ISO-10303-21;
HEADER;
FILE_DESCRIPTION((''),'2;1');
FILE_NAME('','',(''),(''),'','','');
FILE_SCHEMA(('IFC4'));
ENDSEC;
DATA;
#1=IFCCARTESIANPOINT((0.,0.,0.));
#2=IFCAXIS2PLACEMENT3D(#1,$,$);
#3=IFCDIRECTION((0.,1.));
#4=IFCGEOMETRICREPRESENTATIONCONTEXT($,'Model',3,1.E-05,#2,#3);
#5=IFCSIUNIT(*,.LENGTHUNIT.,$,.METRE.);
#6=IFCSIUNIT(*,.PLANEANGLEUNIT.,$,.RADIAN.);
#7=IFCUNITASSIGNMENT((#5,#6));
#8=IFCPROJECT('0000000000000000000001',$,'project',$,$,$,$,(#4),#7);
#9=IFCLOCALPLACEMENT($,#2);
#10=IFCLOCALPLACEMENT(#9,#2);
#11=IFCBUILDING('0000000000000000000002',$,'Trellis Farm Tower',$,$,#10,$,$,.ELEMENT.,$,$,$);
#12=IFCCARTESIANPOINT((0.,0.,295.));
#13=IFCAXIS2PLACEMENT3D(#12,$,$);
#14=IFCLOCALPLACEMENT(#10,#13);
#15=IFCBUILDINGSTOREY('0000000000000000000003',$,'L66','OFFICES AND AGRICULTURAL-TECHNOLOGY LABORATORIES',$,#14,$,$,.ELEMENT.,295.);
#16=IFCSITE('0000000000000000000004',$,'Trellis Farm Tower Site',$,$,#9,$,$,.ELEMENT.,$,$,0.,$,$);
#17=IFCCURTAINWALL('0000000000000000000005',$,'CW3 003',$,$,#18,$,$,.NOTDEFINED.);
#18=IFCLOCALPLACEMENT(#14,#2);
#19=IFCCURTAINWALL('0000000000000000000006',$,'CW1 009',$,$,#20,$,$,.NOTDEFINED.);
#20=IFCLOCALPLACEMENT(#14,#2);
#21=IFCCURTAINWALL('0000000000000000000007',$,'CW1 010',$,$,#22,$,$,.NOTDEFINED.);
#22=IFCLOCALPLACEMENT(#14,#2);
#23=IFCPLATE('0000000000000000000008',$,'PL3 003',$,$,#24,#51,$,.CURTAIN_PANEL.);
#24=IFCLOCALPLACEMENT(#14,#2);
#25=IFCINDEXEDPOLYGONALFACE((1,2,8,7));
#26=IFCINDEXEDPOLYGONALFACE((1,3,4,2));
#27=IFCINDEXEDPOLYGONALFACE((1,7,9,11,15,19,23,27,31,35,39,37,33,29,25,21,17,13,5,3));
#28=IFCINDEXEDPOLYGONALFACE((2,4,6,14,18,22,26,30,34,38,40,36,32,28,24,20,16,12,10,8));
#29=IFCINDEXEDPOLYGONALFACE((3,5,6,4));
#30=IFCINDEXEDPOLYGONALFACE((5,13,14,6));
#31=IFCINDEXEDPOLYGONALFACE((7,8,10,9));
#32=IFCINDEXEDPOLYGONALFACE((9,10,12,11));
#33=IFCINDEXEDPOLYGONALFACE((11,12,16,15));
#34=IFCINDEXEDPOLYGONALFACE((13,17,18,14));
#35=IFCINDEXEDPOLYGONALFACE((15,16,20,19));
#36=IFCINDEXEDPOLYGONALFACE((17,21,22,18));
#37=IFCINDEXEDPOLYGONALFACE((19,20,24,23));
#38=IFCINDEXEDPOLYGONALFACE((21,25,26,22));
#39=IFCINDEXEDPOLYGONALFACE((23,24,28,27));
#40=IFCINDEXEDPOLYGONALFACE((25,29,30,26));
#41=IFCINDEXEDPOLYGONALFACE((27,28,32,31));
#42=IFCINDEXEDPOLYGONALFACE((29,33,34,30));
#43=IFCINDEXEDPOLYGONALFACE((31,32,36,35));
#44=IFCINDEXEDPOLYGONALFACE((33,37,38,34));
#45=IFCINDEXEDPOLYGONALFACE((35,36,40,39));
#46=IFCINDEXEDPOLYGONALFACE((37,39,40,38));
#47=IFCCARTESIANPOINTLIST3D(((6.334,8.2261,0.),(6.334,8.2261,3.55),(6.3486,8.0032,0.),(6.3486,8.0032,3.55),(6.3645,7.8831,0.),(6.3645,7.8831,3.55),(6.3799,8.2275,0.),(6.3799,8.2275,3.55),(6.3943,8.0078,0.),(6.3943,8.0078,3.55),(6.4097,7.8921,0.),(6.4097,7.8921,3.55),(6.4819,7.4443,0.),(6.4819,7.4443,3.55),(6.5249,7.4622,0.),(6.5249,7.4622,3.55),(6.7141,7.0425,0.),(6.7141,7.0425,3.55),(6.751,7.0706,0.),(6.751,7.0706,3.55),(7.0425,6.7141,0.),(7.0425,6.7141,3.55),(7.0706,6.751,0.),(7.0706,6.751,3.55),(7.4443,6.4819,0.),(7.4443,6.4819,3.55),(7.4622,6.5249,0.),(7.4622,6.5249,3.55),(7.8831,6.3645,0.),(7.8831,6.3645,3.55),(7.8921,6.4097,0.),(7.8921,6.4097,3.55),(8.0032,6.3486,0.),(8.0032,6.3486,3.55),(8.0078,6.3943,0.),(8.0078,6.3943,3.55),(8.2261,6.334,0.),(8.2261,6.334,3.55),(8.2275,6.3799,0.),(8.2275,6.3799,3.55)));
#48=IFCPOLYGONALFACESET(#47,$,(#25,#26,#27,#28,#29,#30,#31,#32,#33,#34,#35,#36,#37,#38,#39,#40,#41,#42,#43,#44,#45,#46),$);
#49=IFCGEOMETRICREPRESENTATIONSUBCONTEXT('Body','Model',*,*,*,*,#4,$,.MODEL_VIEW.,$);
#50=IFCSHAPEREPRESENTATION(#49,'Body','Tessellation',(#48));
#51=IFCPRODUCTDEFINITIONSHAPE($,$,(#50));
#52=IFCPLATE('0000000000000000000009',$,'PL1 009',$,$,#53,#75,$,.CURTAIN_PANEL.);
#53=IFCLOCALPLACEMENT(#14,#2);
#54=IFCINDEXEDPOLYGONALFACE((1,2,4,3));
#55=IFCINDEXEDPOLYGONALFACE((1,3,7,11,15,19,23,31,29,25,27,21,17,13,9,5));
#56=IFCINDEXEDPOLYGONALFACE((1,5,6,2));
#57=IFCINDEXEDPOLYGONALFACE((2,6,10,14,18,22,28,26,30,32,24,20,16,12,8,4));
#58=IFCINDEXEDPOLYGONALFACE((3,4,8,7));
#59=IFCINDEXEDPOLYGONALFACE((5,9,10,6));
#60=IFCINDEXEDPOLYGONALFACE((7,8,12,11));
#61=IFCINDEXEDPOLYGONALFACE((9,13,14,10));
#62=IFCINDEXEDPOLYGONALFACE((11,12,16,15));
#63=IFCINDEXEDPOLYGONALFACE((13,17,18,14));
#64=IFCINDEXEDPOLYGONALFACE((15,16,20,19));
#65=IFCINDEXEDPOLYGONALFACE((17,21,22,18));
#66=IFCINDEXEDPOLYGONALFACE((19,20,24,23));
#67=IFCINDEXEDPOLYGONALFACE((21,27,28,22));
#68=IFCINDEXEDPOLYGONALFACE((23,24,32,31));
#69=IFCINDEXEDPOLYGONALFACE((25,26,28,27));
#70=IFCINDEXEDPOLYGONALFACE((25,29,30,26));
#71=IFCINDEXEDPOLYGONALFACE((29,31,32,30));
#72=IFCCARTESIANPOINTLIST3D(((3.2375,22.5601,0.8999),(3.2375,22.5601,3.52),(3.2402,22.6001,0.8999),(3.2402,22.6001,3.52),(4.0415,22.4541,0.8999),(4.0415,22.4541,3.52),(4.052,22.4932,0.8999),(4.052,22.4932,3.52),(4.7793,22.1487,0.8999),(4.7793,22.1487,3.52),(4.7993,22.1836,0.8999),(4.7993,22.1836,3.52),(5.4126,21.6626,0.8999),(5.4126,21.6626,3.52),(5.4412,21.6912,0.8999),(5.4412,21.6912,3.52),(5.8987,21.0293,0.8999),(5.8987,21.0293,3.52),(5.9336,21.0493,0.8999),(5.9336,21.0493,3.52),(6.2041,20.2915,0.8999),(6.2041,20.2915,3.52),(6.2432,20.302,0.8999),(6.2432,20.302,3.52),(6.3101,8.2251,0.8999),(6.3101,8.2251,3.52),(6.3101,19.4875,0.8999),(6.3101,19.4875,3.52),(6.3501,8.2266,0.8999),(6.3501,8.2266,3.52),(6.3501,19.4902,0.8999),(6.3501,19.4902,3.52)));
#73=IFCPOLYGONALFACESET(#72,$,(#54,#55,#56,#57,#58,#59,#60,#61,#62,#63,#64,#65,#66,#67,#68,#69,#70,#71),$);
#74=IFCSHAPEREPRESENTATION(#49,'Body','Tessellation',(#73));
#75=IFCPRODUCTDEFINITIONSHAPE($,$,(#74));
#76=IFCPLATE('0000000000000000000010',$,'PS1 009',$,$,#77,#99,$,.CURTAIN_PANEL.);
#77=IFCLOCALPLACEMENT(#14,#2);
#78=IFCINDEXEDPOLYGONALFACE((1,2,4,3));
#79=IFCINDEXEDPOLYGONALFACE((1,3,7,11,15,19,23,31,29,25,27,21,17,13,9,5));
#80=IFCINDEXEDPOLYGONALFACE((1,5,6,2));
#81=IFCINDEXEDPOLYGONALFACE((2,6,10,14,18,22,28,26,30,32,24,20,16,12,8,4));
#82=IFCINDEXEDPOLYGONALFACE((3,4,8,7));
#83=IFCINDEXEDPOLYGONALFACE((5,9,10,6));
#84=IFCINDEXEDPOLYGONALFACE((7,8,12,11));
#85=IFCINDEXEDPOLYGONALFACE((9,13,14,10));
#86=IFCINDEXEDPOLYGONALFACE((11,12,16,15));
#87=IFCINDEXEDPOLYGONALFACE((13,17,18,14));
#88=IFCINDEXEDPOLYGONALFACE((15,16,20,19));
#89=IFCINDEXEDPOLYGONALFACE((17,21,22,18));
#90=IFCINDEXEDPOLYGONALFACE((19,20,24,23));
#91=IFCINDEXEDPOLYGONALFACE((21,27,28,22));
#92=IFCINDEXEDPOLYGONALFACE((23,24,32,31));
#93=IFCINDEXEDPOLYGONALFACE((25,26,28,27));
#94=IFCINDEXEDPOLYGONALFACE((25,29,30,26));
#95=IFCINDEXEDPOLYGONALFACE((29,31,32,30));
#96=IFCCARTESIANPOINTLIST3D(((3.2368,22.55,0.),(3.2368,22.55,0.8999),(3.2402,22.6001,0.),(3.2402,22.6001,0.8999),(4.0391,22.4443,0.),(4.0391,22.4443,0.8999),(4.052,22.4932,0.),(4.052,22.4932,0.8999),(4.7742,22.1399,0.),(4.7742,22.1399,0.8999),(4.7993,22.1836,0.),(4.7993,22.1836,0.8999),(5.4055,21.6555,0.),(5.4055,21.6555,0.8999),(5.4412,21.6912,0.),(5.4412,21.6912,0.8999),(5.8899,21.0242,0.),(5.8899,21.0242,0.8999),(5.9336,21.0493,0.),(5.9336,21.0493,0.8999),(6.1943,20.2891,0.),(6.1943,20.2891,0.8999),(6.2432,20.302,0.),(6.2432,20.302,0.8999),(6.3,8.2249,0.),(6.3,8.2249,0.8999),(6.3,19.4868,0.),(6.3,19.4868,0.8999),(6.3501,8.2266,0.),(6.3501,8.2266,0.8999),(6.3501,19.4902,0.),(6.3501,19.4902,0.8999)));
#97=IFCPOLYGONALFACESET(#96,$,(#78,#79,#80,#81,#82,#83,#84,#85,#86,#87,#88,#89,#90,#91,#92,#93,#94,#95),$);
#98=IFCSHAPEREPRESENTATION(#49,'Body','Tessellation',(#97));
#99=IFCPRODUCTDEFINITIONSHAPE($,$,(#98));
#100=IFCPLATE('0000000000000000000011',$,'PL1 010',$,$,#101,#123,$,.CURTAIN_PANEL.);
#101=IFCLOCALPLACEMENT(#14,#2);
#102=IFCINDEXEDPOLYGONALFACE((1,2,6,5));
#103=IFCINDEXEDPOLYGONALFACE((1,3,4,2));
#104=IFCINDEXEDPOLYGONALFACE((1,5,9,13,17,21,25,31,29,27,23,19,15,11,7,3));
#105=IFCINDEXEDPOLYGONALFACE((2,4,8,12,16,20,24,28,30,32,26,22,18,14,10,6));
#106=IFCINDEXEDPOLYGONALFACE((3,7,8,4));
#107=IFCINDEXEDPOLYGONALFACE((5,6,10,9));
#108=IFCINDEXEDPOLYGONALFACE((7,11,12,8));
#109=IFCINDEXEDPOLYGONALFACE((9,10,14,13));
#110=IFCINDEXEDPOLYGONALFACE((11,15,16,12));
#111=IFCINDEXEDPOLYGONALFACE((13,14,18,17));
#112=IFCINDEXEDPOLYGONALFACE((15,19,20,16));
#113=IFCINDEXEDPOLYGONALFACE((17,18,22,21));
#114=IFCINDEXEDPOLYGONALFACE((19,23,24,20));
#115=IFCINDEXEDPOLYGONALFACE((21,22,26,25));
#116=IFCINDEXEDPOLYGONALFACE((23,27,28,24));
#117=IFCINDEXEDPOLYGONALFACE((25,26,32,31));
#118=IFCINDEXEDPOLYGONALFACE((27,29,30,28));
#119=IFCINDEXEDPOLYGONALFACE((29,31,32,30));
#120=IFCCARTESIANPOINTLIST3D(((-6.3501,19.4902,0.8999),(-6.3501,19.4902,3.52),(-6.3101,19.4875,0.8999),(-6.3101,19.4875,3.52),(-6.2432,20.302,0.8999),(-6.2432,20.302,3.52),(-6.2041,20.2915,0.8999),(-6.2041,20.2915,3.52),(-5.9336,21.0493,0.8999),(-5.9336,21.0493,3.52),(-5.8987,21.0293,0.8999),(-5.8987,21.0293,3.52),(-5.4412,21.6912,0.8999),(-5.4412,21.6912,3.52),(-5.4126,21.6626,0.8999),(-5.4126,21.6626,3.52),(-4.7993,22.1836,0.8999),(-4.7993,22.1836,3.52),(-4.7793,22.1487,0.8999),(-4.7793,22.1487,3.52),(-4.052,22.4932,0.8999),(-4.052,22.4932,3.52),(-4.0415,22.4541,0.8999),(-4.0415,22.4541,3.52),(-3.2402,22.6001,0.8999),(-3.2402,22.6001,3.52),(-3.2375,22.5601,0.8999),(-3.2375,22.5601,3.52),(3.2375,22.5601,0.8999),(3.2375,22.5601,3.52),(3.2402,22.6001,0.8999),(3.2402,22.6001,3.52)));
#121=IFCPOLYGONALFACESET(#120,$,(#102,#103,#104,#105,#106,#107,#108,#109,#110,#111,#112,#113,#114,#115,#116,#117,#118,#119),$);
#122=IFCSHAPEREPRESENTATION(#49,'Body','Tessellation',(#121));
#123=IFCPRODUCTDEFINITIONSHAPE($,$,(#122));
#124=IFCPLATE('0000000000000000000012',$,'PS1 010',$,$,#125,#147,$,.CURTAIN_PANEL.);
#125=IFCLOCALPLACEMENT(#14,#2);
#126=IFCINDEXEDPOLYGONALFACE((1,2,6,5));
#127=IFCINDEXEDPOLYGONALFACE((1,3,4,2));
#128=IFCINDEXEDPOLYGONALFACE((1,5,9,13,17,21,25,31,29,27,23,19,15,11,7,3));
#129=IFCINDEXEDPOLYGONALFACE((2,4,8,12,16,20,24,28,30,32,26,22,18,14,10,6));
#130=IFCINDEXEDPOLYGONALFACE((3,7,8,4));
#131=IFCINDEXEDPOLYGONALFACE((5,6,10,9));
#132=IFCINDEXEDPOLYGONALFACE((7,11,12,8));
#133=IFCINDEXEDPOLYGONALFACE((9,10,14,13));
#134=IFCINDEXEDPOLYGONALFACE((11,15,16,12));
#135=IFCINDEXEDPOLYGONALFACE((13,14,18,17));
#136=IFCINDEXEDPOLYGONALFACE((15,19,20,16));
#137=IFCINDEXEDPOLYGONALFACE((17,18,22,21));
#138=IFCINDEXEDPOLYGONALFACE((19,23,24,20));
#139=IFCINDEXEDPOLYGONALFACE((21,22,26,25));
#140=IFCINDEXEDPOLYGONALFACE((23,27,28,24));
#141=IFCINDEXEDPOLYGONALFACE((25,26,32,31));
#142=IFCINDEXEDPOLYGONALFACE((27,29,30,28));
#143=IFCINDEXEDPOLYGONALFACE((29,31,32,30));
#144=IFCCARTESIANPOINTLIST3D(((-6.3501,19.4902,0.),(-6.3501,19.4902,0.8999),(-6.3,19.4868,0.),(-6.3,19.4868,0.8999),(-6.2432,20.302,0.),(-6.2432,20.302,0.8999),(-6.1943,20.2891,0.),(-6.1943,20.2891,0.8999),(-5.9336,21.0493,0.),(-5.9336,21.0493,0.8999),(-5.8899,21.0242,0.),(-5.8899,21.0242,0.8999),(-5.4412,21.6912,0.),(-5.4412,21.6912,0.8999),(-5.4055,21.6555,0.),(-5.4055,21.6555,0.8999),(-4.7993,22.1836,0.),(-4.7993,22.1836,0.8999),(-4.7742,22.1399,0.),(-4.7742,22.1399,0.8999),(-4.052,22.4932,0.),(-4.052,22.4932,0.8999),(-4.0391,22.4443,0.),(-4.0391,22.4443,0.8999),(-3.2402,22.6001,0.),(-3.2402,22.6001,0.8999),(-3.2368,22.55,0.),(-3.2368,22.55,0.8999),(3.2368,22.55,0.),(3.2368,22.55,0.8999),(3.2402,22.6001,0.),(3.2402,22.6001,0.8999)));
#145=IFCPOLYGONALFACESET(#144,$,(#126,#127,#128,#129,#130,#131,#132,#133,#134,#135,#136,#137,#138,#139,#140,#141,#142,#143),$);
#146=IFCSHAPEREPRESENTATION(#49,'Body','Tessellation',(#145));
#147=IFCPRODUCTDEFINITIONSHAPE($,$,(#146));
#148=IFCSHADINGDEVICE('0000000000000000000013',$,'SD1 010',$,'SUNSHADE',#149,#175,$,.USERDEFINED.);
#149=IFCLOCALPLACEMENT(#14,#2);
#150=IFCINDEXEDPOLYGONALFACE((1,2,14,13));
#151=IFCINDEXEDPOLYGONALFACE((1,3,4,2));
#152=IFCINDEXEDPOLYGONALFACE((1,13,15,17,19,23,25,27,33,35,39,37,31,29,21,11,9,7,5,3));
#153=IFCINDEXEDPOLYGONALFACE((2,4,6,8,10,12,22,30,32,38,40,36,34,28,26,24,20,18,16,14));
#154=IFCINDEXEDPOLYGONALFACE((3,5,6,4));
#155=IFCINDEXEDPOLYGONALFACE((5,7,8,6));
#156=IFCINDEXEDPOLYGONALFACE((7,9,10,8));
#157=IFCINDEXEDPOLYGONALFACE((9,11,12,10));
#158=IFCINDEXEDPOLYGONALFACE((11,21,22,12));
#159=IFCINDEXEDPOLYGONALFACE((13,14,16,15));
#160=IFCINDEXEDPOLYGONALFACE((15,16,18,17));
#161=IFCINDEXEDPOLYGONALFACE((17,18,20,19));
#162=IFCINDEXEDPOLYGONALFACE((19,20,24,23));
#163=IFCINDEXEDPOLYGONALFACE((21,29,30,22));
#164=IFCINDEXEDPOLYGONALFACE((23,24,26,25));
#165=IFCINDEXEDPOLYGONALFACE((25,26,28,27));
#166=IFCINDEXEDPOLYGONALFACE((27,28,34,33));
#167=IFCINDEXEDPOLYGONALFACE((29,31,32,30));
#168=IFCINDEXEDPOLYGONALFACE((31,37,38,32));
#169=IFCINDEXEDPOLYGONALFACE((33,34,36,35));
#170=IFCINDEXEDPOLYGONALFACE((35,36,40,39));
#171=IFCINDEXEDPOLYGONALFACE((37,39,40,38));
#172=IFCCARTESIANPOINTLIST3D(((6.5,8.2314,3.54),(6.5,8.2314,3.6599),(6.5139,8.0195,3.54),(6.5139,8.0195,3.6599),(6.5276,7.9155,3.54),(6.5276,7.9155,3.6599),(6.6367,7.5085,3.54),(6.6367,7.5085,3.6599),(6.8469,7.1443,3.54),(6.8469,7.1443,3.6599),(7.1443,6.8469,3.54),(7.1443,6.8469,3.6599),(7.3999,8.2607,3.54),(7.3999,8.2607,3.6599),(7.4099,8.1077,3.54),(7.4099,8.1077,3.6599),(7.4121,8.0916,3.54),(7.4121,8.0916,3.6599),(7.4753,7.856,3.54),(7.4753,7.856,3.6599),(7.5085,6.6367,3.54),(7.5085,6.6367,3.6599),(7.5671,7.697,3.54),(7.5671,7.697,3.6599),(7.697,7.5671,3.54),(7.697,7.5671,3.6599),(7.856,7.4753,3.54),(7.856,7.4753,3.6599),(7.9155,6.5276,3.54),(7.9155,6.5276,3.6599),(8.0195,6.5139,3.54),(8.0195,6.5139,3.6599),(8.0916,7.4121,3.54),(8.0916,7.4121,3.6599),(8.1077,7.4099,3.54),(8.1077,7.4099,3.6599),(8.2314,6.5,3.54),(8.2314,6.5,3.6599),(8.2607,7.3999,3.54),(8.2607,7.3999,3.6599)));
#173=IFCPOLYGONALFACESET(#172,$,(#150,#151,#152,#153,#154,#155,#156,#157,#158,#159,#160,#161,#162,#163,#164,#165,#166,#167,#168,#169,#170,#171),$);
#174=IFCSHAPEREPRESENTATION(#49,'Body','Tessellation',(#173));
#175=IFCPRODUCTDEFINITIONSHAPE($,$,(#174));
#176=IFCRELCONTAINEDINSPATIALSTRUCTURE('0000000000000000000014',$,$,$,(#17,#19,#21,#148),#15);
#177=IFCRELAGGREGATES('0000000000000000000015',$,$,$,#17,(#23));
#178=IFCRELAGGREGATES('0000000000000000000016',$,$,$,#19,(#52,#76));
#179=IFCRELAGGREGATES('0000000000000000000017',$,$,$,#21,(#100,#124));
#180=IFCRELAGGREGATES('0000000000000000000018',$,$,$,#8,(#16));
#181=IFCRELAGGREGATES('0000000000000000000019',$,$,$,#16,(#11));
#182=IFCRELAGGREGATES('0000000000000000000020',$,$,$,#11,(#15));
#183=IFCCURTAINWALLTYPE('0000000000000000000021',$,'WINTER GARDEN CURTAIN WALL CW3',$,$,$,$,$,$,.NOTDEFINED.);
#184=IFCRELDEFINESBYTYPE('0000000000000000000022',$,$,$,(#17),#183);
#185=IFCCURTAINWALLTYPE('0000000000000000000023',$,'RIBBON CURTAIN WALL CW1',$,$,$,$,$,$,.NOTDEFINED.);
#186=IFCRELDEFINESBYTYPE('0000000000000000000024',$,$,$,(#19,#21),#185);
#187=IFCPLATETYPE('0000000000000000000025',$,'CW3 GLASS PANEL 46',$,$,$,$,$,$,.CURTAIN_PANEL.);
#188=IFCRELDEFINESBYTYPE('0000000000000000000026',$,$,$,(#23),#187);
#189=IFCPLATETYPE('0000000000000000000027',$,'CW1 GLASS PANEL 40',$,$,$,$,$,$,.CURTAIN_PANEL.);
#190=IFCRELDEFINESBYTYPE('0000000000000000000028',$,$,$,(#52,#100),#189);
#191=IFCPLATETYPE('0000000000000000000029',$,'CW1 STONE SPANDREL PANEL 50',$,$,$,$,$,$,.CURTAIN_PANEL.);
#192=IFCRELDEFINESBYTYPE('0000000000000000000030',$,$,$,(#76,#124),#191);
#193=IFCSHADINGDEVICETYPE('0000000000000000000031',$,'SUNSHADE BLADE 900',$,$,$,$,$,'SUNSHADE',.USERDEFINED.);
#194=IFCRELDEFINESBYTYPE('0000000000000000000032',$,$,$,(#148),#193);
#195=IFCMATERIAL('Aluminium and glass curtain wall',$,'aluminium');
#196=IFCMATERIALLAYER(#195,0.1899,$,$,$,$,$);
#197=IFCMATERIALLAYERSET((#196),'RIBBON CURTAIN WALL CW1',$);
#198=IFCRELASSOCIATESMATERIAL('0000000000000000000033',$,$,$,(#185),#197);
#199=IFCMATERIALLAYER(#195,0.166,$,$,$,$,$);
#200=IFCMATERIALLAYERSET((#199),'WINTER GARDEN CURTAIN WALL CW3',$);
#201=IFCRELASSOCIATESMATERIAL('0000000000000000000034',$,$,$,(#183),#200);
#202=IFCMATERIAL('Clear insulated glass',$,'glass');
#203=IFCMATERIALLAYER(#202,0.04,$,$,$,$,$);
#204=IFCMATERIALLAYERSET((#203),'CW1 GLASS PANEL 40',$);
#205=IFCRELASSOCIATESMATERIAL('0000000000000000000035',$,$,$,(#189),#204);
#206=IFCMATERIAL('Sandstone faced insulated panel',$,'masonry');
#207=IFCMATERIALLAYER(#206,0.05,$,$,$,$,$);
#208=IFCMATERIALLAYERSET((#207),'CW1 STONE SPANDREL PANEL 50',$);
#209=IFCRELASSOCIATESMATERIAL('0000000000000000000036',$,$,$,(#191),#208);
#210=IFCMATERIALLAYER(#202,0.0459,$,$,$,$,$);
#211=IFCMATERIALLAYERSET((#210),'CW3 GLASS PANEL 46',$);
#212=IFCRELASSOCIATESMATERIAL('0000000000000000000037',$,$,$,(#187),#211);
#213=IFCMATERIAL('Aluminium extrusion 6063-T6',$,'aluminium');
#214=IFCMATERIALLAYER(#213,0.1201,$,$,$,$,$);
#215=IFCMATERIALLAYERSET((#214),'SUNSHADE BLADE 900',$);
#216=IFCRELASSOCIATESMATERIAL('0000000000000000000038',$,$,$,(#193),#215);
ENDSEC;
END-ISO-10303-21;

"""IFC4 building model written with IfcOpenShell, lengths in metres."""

from ifc_helpers import new_model, si_unit, direction, frame, origin, place, context, subcontext, project, spatial, polyline, outline, extrude, source, transform, mapped, material, layer, layer_set, type_object, element, aggregate, save


model = new_model("IFC4")

# Units and contexts
model_context = context("Model", 3, precision=1e-05, world=origin(), true_north=direction((0.0, 1.0)))
body_context = subcontext(model_context, "Body", "Model", "MODEL_VIEW")
ifc_project = project(units=[si_unit("LENGTHUNIT", "METRE"), si_unit("PLANEANGLEUNIT", "RADIAN")], contexts=[model_context])

# Site, building, storey
site_placement = place(None, origin())
site = spatial("IfcSite", under=ifc_project, at=site_placement, Name="Trellis Farm Tower Site", CompositionType="ELEMENT", RefElevation=0.0)
building_placement = place(site_placement, origin())
building = spatial("IfcBuilding", under=site, at=building_placement, Name="Trellis Farm Tower", CompositionType="ELEMENT")
storey_placement = place(building_placement, frame((0.0, 0.0, 295.0)))
storey = spatial("IfcBuildingStorey", under=building, at=storey_placement, Name="L66", Description="OFFICES AND AGRICULTURAL-TECHNOLOGY LABORATORIES", CompositionType="ELEMENT", Elevation=295.0)

# Curtain walls
ifc_material_1 = material(Name="Aluminium and glass curtain wall", Category="aluminium")
ifc_layer_1 = layer(ifc_material_1, 0.1899)
ifc_layer_set_1 = layer_set([ifc_layer_1], Name="RIBBON CURTAIN WALL CW1")
curtain_wall_type_1 = type_object("IfcCurtainWallType", Name="RIBBON CURTAIN WALL CW1", PredefinedType="NOTDEFINED", material=ifc_layer_set_1)
placement_1 = place(storey_placement, origin())
ifc_material_2 = material(Name="Aluminium extrusion 6063-T6", Category="aluminium")
ifc_layer_2 = layer(ifc_material_1, 0.166)
ifc_layer_set_2 = layer_set([ifc_layer_2], Name="WINTER GARDEN CURTAIN WALL CW3")
curtain_wall_type_2 = type_object("IfcCurtainWallType", Name="WINTER GARDEN CURTAIN WALL CW3", PredefinedType="NOTDEFINED", material=ifc_layer_set_2)
curtain_wall_1 = element("IfcCurtainWall", 1, at=placement_1, inside=storey, type_object=curtain_wall_type_2, Name="CW3 003", PredefinedType="NOTDEFINED")
curtain_wall_2 = element("IfcCurtainWall", 2, at=placement_1, inside=storey, type_object=curtain_wall_type_1, Name="CW1 009", PredefinedType="NOTDEFINED")
curtain_wall_3 = element("IfcCurtainWall", 3, at=placement_1, inside=storey, type_object=curtain_wall_type_1, Name="CW1 010", PredefinedType="NOTDEFINED")

# Plates
ifc_material_3 = material(Name="Clear insulated glass", Category="glass")
ifc_layer_3 = layer(ifc_material_3, 0.04)
ifc_layer_set_3 = layer_set([ifc_layer_3], Name="CW1 GLASS PANEL 40")
plate_type_1 = type_object("IfcPlateType", Name="CW1 GLASS PANEL 40", PredefinedType="CURTAIN_PANEL", material=ifc_layer_set_3)
placement_2 = place(storey_placement, frame((0.0, 0.0, 0.8999)))
ifc_material_4 = material(Name="Sandstone faced insulated panel", Category="masonry")
ifc_layer_4 = layer(ifc_material_4, 0.05)
ifc_layer_set_4 = layer_set([ifc_layer_4], Name="CW1 STONE SPANDREL PANEL 50")
plate_type_2 = type_object("IfcPlateType", Name="CW1 STONE SPANDREL PANEL 50", PredefinedType="CURTAIN_PANEL", material=ifc_layer_set_4)
ifc_layer_5 = layer(ifc_material_3, 0.0459)
ifc_layer_set_5 = layer_set([ifc_layer_5], Name="CW3 GLASS PANEL 46")
plate_type_3 = type_object("IfcPlateType", Name="CW3 GLASS PANEL 46", PredefinedType="CURTAIN_PANEL", material=ifc_layer_set_5)
shared_shape_1 = source(origin(), body_context, "Body", "SweptSolid", [
    extrude(outline(polyline([(8.2275, 6.3799), (8.0078, 6.3943), (7.8921, 6.4097), (7.4622, 6.5249), (7.0706, 6.751), (6.751, 7.0706), (6.5249, 7.4622), (6.4097, 7.8921), (6.3943, 8.0078), (6.3799, 8.2275), (6.334, 8.2261), (6.3486, 8.0032), (6.3645, 7.8831), (6.4819, 7.4443), (6.7141, 7.0425), (7.0425, 6.7141), (7.4443, 6.4819), (7.8831, 6.3645), (8.0032, 6.3486), (8.2261, 6.334), (8.2275, 6.3799)])), origin(), (0.0, 0.0, 1.0), 3.55),
])
plate_1 = element("IfcPlate", 4, at=placement_1, type_object=plate_type_3, Name="PL3 003", PredefinedType="CURTAIN_PANEL", context=body_context, shape_type="MappedRepresentation", body=[
    mapped(shared_shape_1, transform((0.0, 0.0, 0.0))),
])
aggregate(curtain_wall_1, [plate_1])
shared_shape_2 = source(origin(), body_context, "Body", "SweptSolid", [
    extrude(outline(polyline([(6.3501, 8.2266), (6.3501, 19.4902), (6.2432, 20.302), (5.9336, 21.0493), (5.4412, 21.6912), (4.7993, 22.1836), (4.052, 22.4932), (3.2402, 22.6001), (3.2375, 22.5601), (4.0415, 22.4541), (4.7793, 22.1487), (5.4126, 21.6626), (5.8987, 21.0293), (6.2041, 20.2915), (6.3101, 19.4875), (6.3101, 8.2251), (6.3501, 8.2266)])), origin(), (0.0, 0.0, 1.0), 2.6201),
])
plate_2 = element("IfcPlate", 5, at=placement_2, type_object=plate_type_1, Name="PL1 009", PredefinedType="CURTAIN_PANEL", context=body_context, shape_type="MappedRepresentation", body=[
    mapped(shared_shape_2, transform((0.0, 0.0, 0.0))),
])
shared_shape_3 = source(origin(), body_context, "Body", "SweptSolid", [
    extrude(outline(polyline([(6.3501, 8.2266), (6.3501, 19.4902), (6.2432, 20.302), (5.9336, 21.0493), (5.4412, 21.6912), (4.7993, 22.1836), (4.052, 22.4932), (3.2402, 22.6001), (3.2368, 22.55), (4.0391, 22.4443), (4.7742, 22.1399), (5.4055, 21.6555), (5.8899, 21.0242), (6.1943, 20.2891), (6.3, 19.4868), (6.3, 8.2249), (6.3501, 8.2266)])), origin(), (0.0, 0.0, 1.0), 0.8999),
])
plate_3 = element("IfcPlate", 6, at=placement_1, type_object=plate_type_2, Name="PS1 009", PredefinedType="CURTAIN_PANEL", context=body_context, shape_type="MappedRepresentation", body=[
    mapped(shared_shape_3, transform((0.0, 0.0, 0.0))),
])
aggregate(curtain_wall_2, [plate_2, plate_3])
shared_shape_4 = source(origin(), body_context, "Body", "SweptSolid", [
    extrude(outline(polyline([(3.2402, 22.6001), (-3.2402, 22.6001), (-4.052, 22.4932), (-4.7993, 22.1836), (-5.4412, 21.6912), (-5.9336, 21.0493), (-6.2432, 20.302), (-6.3501, 19.4902), (-6.3101, 19.4875), (-6.2041, 20.2915), (-5.8987, 21.0293), (-5.4126, 21.6626), (-4.7793, 22.1487), (-4.0415, 22.4541), (-3.2375, 22.5601), (3.2375, 22.5601), (3.2402, 22.6001)])), origin(), (0.0, 0.0, 1.0), 2.6201),
])
plate_4 = element("IfcPlate", 7, at=placement_2, type_object=plate_type_1, Name="PL1 010", PredefinedType="CURTAIN_PANEL", context=body_context, shape_type="MappedRepresentation", body=[
    mapped(shared_shape_4, transform((0.0, 0.0, 0.0))),
])
shared_shape_5 = source(origin(), body_context, "Body", "SweptSolid", [
    extrude(outline(polyline([(3.2402, 22.6001), (-3.2402, 22.6001), (-4.052, 22.4932), (-4.7993, 22.1836), (-5.4412, 21.6912), (-5.9336, 21.0493), (-6.2432, 20.302), (-6.3501, 19.4902), (-6.3, 19.4868), (-6.1943, 20.2891), (-5.8899, 21.0242), (-5.4055, 21.6555), (-4.7742, 22.1399), (-4.0391, 22.4443), (-3.2368, 22.55), (3.2368, 22.55), (3.2402, 22.6001)])), origin(), (0.0, 0.0, 1.0), 0.8999),
])
plate_5 = element("IfcPlate", 8, at=placement_1, type_object=plate_type_2, Name="PS1 010", PredefinedType="CURTAIN_PANEL", context=body_context, shape_type="MappedRepresentation", body=[
    mapped(shared_shape_5, transform((0.0, 0.0, 0.0))),
])
aggregate(curtain_wall_3, [plate_4, plate_5])

# Shading device
ifc_layer_6 = layer(ifc_material_2, 0.1201)
ifc_layer_set_6 = layer_set([ifc_layer_6], Name="SUNSHADE BLADE 900")
shading_device_type_1 = type_object("IfcShadingDeviceType", Name="SUNSHADE BLADE 900", ElementType="SUNSHADE", PredefinedType="USERDEFINED", material=ifc_layer_set_6)
shared_shape_6 = source(origin(), body_context, "Body", "SweptSolid", [
    extrude(outline(polyline([(8.2607, 7.3999), (8.1077, 7.4099), (8.0916, 7.4121), (7.856, 7.4753), (7.697, 7.5671), (7.5671, 7.697), (7.4753, 7.856), (7.4121, 8.0916), (7.4099, 8.1077), (7.3999, 8.2607), (6.5, 8.2314), (6.5139, 8.0195), (6.5276, 7.9155), (6.6367, 7.5085), (6.8469, 7.1443), (7.1443, 6.8469), (7.5085, 6.6367), (7.9155, 6.5276), (8.0195, 6.5139), (8.2314, 6.5), (8.2607, 7.3999)])), origin(), (0.0, 0.0, 1.0), 0.1199),
])
placement_3 = place(storey_placement, frame((0.0, 0.0, 3.54)))
element("IfcShadingDevice", 9, at=placement_3, inside=storey, type_object=shading_device_type_1, Name="SD1 010", ObjectType="SUNSHADE", PredefinedType="USERDEFINED", context=body_context, shape_type="MappedRepresentation", body=[
    mapped(shared_shape_6, transform((0.0, 0.0, 0.0))),
])

save(model, "model.ifc")
